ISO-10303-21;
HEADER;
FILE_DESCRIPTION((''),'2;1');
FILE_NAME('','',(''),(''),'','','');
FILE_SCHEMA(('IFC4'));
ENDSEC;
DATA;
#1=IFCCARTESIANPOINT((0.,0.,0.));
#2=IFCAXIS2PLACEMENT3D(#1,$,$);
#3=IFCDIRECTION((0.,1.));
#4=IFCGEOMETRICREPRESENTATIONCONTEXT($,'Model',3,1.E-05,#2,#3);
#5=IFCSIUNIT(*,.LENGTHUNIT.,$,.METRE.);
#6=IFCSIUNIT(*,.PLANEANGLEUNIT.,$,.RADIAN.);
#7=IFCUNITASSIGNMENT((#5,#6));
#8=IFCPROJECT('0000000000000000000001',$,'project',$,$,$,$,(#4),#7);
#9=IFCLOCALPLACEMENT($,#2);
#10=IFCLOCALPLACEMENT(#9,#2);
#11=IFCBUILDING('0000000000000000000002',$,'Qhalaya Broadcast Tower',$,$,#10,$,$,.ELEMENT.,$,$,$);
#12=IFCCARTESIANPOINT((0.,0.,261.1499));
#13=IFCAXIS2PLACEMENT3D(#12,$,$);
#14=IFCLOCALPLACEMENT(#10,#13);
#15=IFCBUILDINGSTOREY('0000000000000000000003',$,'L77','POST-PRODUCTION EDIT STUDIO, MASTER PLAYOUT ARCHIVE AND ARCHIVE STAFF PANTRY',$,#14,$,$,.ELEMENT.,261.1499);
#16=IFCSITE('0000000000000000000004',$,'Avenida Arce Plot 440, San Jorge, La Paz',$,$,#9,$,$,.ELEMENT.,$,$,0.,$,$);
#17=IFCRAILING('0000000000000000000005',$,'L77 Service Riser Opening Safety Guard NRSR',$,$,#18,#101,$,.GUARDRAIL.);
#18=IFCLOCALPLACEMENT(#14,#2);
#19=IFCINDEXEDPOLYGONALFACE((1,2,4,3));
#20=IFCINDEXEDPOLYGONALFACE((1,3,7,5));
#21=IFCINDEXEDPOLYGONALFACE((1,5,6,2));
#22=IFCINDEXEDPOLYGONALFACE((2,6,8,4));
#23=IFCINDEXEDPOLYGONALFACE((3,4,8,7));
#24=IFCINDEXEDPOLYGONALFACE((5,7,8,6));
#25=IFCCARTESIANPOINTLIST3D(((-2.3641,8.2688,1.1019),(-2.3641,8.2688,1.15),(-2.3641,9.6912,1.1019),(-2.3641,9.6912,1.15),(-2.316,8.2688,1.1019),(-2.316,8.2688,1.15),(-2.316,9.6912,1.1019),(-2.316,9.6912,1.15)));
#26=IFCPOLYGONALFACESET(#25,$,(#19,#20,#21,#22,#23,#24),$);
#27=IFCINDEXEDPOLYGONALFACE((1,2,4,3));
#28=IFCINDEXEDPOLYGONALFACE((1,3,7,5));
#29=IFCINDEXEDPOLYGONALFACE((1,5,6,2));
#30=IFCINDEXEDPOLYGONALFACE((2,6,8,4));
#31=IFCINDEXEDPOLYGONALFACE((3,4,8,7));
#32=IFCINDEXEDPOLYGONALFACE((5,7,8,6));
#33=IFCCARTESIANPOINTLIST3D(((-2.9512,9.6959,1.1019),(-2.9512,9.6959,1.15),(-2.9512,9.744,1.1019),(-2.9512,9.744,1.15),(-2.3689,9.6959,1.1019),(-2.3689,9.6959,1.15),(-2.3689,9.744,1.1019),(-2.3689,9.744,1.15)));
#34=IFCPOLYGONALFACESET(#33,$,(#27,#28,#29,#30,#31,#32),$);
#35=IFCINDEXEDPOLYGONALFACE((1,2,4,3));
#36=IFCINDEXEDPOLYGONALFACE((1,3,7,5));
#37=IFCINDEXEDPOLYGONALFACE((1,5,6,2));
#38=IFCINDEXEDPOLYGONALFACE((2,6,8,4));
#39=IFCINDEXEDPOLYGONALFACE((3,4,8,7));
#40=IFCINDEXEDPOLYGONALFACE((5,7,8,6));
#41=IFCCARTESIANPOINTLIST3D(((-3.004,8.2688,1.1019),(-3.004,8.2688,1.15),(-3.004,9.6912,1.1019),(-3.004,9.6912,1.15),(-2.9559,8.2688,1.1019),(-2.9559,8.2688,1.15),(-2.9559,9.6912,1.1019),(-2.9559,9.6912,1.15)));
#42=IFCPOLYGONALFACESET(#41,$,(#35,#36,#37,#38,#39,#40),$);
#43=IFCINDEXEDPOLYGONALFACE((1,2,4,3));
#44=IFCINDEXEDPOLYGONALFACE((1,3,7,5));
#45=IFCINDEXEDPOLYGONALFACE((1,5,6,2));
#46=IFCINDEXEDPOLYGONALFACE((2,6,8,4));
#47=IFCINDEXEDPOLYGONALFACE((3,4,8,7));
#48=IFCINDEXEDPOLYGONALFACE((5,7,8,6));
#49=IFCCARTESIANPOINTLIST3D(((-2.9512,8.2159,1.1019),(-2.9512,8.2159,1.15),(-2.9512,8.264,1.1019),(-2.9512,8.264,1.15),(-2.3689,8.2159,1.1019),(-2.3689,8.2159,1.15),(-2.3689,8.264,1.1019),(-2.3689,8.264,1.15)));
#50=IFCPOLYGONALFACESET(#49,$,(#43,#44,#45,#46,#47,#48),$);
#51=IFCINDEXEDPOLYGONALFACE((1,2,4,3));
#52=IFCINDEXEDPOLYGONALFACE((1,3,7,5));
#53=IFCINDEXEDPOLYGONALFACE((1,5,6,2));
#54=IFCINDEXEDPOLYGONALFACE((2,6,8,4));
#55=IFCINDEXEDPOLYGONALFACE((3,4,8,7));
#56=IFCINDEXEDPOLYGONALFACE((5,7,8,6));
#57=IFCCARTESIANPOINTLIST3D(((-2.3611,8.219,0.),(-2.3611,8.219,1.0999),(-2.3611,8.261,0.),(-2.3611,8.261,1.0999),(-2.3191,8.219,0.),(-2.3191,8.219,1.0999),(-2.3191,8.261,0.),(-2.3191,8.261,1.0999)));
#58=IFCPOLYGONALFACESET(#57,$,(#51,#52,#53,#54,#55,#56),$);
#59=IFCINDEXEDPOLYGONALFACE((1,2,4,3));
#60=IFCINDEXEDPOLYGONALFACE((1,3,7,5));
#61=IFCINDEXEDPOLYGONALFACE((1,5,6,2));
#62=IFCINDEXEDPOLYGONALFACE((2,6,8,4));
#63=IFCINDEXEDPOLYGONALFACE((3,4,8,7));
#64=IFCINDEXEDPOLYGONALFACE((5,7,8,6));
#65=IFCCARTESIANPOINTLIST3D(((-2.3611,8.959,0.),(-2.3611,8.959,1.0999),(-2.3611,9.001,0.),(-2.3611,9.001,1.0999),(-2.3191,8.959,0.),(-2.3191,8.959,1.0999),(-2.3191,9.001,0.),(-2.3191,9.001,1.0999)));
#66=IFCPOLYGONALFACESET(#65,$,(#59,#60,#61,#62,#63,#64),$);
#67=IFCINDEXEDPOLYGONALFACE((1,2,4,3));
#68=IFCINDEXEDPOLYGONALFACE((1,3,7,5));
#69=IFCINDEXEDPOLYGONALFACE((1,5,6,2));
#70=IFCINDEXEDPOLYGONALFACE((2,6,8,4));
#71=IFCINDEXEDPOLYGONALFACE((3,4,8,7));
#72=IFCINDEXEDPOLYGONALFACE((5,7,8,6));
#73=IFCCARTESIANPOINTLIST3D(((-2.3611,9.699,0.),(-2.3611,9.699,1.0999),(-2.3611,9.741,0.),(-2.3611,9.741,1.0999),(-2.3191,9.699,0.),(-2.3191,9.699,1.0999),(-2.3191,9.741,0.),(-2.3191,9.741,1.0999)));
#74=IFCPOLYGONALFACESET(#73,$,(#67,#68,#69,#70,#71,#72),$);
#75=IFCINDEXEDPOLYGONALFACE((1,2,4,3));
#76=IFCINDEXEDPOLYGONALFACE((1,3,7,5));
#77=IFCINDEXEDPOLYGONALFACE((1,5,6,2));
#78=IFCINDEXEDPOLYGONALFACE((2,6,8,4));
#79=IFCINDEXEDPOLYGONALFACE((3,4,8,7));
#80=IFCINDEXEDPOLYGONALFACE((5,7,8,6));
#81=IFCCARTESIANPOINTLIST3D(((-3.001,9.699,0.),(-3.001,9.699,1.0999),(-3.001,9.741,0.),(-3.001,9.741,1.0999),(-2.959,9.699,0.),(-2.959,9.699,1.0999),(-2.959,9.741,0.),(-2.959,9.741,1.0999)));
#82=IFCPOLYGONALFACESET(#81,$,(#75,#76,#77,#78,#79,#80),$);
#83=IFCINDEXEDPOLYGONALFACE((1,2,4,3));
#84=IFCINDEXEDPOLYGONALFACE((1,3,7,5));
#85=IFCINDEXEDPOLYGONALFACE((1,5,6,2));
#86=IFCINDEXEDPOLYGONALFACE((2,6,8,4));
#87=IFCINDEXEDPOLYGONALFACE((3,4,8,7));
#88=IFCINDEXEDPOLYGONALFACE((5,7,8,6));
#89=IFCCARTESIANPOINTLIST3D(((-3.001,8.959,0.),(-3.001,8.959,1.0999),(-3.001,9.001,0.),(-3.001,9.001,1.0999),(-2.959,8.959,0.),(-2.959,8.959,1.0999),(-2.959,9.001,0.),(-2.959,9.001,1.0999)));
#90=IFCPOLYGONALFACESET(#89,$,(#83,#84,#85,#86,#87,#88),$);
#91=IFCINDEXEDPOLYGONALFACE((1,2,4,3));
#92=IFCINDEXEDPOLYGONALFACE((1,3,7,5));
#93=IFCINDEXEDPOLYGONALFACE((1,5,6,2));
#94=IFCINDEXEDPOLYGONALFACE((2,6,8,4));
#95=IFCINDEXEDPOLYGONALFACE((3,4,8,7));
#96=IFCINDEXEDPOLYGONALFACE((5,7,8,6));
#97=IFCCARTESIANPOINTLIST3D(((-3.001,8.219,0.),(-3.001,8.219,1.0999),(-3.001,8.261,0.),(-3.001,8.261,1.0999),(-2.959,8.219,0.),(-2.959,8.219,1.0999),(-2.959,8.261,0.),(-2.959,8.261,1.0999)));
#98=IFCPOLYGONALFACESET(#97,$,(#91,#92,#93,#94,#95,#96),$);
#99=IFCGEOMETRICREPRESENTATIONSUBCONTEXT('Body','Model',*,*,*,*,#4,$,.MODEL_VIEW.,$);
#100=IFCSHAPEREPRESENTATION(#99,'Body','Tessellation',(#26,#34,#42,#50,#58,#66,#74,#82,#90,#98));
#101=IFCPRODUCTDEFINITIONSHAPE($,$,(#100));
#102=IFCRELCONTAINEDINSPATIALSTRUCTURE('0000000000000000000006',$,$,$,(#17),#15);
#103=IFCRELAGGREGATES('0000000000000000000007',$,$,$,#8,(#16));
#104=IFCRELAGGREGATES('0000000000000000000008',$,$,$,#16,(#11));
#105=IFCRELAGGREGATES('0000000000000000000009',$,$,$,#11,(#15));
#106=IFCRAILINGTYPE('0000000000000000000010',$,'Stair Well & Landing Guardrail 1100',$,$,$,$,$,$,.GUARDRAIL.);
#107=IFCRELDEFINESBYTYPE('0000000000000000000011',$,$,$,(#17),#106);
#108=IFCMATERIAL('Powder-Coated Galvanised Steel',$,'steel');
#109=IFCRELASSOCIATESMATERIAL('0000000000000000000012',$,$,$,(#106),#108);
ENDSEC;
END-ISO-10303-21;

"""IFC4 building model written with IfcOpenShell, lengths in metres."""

from ifc_helpers import new_model, si_unit, direction, frame, origin, origin_2d, place, context, subcontext, project, spatial, rectangle, extrude, material, type_object, element, save


model = new_model("IFC4")

# Units and contexts
model_context = context("Model", 3, precision=1e-05, world=origin(), true_north=direction((0.0, 1.0)))
body_context = subcontext(model_context, "Body", "Model", "MODEL_VIEW")
ifc_project = project(units=[si_unit("LENGTHUNIT", "METRE"), si_unit("PLANEANGLEUNIT", "RADIAN")], contexts=[model_context])

# Site, building, storey
site_placement = place(None, origin())
site = spatial("IfcSite", under=ifc_project, at=site_placement, Name="Avenida Arce Plot 440, San Jorge, La Paz", CompositionType="ELEMENT", RefElevation=0.0)
building_placement = place(site_placement, origin())
building = spatial("IfcBuilding", under=site, at=building_placement, Name="Qhalaya Broadcast Tower", CompositionType="ELEMENT")
storey_placement = place(building_placement, frame((0.0, 0.0, 261.1499)))
storey = spatial("IfcBuildingStorey", under=building, at=storey_placement, Name="L77", Description="POST-PRODUCTION EDIT STUDIO, MASTER PLAYOUT ARCHIVE AND ARCHIVE STAFF PANTRY", CompositionType="ELEMENT", Elevation=261.1499)

# Railing
ifc_material_1 = material(Name="Powder-Coated Galvanised Steel", Category="steel")
railing_type = type_object("IfcRailingType", Name="Stair Well & Landing Guardrail 1100", PredefinedType="GUARDRAIL", material=ifc_material_1)
railing_placement = place(storey_placement, frame((-2.3401, 8.24, 0.0)))
element("IfcRailing", 1, at=railing_placement, inside=storey, type_object=railing_type, Name="L77 Service Riser Opening Safety Guard NRSR", PredefinedType="GUARDRAIL", context=body_context, shape_type="SweptSolid", body=[
    extrude(rectangle(XDim=0.0481, YDim=0.0481, at=origin_2d()), frame((0.0, 0.0288, 1.126), z_axis=(0.0, 1.0, 0.0), x_axis=(-1.0, 0.0, 0.0)), (0.0, 0.0, 1.0), 1.4224),
    extrude(rectangle(XDim=0.0481, YDim=0.0481, at=origin_2d()), frame((-0.0288, 1.48, 1.126), z_axis=(-1.0, 0.0, 0.0), x_axis=(0.0, -1.0, 0.0)), (0.0, 0.0, 1.0), 0.5823),
    extrude(rectangle(XDim=0.0481, YDim=0.0481, at=origin_2d()), frame((-0.6399, 1.4512, 1.126), z_axis=(0.0, -1.0, 0.0), x_axis=(1.0, 0.0, 0.0)), (0.0, 0.0, 1.0), 1.4224),
    extrude(rectangle(XDim=0.0481, YDim=0.0481, at=origin_2d()), frame((-0.6111, 0.0, 1.126), z_axis=(1.0, 0.0, 0.0), x_axis=(0.0, 1.0, 0.0)), (0.0, 0.0, 1.0), 0.5823),
    extrude(rectangle(XDim=0.042, YDim=0.042, at=origin_2d()), origin(), (0.0, 0.0, 1.0), 1.0999),
    extrude(rectangle(XDim=0.042, YDim=0.042, at=origin_2d()), frame((0.0, 0.74, 0.0)), (0.0, 0.0, 1.0), 1.0999),
    extrude(rectangle(XDim=0.042, YDim=0.042, at=origin_2d()), frame((0.0, 1.48, 0.0)), (0.0, 0.0, 1.0), 1.0999),
    extrude(rectangle(XDim=0.042, YDim=0.042, at=origin_2d()), frame((-0.6399, 1.48, 0.0)), (0.0, 0.0, 1.0), 1.0999),
    extrude(rectangle(XDim=0.042, YDim=0.042, at=origin_2d()), frame((-0.6399, 0.74, 0.0)), (0.0, 0.0, 1.0), 1.0999),
    extrude(rectangle(XDim=0.042, YDim=0.042, at=origin_2d()), frame((-0.6399, 0.0, 0.0)), (0.0, 0.0, 1.0), 1.0999),
])

save(model, "model.ifc")
